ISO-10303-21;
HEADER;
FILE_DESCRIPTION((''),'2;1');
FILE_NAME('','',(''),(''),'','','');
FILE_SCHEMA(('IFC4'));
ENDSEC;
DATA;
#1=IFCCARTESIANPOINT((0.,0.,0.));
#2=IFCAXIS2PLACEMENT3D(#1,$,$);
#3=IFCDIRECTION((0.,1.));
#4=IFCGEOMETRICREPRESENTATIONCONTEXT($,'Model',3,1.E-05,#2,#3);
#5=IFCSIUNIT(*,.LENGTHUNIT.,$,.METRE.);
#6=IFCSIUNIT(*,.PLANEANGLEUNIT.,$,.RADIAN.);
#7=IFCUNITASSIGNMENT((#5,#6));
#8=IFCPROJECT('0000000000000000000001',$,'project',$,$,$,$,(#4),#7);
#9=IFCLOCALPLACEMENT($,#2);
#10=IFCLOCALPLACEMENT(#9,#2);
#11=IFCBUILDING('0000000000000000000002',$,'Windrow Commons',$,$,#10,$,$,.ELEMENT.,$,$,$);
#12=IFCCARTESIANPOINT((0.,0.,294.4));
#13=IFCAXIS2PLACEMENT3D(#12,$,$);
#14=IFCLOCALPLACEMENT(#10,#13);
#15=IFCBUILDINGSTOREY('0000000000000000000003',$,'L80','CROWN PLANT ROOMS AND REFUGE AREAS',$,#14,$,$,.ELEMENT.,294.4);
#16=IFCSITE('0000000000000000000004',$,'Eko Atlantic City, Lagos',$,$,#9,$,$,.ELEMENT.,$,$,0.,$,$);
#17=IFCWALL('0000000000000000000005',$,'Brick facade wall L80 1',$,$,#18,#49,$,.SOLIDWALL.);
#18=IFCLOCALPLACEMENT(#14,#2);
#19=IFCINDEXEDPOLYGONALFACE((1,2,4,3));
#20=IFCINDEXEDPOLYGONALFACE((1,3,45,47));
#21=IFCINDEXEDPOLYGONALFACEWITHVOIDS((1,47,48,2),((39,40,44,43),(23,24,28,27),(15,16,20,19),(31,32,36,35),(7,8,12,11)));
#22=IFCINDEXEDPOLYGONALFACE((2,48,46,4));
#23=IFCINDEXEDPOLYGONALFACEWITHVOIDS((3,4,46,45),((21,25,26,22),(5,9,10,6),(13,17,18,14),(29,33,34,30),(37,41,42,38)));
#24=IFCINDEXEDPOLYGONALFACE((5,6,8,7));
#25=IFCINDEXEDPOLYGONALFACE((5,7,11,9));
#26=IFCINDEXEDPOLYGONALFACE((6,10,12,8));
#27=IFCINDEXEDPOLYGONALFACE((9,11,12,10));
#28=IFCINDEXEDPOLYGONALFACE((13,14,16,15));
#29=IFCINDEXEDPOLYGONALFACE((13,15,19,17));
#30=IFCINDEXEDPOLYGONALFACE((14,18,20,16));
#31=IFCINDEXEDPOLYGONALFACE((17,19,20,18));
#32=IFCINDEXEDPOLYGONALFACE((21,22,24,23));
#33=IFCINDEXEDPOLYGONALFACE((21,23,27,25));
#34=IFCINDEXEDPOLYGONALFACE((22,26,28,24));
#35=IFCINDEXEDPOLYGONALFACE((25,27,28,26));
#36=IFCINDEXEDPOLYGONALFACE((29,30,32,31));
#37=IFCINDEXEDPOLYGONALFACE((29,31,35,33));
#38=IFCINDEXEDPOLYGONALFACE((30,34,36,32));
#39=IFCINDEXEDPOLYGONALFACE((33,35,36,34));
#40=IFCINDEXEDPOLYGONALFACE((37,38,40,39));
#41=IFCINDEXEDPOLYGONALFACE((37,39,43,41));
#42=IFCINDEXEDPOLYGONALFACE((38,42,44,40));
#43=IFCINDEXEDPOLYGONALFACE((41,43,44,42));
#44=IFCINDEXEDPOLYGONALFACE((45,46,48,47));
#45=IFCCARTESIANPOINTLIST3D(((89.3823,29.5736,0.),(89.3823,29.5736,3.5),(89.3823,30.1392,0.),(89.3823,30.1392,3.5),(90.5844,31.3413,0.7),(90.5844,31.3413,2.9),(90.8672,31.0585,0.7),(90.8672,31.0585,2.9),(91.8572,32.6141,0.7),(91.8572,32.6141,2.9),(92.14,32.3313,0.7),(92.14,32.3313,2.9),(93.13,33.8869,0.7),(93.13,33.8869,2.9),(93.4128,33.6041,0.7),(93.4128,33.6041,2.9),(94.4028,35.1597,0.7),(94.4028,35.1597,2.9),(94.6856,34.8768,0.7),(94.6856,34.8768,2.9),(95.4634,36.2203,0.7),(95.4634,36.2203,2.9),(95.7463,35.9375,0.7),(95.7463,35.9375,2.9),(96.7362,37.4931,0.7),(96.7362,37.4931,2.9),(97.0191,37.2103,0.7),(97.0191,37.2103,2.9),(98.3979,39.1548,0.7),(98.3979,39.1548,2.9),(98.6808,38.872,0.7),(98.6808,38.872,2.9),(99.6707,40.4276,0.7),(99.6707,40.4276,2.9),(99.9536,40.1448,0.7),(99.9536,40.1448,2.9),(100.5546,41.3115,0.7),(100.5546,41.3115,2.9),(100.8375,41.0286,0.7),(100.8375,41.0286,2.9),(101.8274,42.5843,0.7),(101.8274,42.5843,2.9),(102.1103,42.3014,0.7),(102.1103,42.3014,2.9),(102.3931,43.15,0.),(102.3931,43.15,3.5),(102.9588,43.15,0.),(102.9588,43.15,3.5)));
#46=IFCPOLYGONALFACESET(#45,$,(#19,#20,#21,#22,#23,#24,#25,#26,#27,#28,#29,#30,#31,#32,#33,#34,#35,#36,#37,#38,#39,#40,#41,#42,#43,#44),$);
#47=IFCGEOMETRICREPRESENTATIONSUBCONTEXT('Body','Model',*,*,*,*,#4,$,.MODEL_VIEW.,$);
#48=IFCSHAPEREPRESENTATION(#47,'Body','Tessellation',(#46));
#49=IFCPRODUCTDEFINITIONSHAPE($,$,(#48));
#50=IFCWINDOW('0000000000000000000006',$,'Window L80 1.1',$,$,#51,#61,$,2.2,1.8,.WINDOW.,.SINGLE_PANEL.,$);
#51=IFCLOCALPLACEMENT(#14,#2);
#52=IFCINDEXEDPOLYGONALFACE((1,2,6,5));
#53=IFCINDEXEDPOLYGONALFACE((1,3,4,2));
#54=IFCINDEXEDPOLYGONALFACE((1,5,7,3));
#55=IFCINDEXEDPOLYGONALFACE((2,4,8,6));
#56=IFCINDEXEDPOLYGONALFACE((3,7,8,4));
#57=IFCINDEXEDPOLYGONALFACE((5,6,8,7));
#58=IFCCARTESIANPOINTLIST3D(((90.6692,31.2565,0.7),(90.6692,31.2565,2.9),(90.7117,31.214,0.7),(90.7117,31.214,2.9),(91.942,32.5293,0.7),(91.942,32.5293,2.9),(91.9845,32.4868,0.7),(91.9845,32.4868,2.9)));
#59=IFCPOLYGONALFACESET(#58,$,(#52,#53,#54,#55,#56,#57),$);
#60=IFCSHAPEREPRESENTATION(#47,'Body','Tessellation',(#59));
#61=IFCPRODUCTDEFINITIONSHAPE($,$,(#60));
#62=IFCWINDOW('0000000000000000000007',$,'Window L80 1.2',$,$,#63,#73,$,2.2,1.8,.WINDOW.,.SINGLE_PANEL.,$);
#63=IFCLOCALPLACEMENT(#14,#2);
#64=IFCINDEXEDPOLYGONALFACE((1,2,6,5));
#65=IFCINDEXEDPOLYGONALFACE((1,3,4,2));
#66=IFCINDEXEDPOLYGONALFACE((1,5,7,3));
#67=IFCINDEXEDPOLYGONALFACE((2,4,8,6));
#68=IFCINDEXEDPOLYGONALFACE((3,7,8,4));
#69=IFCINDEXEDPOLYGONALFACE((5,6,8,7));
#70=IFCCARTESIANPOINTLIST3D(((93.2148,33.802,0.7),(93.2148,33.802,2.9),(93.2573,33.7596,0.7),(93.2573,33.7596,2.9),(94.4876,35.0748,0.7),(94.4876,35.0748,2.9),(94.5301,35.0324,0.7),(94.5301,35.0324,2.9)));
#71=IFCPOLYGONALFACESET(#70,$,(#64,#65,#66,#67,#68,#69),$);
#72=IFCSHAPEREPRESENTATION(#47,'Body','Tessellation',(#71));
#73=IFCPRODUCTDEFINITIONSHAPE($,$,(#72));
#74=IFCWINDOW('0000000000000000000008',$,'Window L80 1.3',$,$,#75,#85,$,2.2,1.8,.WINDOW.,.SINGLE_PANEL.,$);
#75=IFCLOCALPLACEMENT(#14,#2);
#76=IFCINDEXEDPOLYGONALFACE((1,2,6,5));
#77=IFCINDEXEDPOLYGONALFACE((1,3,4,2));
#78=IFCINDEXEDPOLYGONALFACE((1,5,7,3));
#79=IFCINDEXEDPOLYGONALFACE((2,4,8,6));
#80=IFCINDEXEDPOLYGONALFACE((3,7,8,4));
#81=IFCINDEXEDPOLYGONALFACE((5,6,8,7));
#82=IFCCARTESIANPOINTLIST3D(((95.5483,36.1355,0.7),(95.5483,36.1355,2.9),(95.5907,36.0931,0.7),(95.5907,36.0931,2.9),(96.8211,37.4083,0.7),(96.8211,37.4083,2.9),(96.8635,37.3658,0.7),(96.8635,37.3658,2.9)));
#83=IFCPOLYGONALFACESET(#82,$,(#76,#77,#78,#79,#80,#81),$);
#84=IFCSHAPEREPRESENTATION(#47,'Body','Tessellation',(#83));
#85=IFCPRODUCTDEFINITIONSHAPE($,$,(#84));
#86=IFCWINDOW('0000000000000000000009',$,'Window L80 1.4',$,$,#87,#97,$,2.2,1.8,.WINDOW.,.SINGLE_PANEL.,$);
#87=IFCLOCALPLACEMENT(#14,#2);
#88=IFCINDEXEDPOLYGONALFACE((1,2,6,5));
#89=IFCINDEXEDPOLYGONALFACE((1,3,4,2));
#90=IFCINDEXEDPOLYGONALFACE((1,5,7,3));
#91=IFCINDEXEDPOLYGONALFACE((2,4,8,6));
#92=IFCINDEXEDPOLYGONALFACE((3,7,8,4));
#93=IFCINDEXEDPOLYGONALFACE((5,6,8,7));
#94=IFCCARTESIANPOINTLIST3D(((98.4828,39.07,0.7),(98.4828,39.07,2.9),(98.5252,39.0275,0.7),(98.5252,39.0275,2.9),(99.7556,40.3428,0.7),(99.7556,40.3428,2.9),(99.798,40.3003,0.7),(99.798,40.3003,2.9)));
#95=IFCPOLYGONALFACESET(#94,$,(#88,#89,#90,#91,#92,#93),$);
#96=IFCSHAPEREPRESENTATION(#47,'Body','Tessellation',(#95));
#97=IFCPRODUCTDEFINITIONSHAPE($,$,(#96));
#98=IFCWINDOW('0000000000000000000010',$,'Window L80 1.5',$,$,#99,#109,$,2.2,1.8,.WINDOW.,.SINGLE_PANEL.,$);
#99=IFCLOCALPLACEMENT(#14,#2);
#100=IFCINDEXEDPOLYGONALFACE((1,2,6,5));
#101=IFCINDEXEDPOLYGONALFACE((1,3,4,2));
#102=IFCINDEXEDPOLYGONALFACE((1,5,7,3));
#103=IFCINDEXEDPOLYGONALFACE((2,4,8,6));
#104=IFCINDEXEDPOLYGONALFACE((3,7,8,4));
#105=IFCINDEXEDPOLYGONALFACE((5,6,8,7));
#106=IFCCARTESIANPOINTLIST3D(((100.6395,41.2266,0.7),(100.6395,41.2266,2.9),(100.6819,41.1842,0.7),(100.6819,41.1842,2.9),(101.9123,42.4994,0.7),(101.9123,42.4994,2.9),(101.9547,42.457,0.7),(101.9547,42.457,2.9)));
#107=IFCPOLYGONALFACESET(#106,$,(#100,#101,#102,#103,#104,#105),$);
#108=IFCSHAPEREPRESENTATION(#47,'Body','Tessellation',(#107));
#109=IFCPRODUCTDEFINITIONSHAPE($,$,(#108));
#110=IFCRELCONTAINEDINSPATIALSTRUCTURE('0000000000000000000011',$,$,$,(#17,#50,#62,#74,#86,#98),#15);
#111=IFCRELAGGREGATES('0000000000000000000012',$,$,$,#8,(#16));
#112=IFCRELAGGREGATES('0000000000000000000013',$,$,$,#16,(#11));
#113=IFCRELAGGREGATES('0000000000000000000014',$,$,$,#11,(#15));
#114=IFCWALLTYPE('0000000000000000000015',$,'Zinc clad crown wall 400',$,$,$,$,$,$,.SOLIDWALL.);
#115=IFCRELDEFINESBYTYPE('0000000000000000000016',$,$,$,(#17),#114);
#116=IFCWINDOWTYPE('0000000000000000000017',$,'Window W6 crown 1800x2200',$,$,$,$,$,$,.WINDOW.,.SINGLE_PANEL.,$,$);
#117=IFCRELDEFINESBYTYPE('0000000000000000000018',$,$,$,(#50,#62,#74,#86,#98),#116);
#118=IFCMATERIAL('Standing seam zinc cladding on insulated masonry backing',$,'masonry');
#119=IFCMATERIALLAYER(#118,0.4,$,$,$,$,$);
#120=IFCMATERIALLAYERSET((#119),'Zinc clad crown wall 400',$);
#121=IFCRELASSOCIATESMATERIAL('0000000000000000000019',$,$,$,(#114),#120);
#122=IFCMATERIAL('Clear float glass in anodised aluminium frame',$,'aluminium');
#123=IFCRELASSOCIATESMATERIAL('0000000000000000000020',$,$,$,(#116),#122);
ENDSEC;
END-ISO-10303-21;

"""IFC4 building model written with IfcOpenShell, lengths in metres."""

from ifc_helpers import new_model, si_unit, direction, frame, frame_2d, origin, place, context, subcontext, project, spatial, polyline, rectangle, outline, extrude, material, layer, layer_set, type_object, element, fill, save


model = new_model("IFC4")

# Units and contexts
model_context = context("Model", 3, precision=1e-05, world=origin(), true_north=direction((0.0, 1.0)))
body_context = subcontext(model_context, "Body", "Model", "MODEL_VIEW")
ifc_project = project(units=[si_unit("LENGTHUNIT", "METRE"), si_unit("PLANEANGLEUNIT", "RADIAN")], contexts=[model_context])

# Site, building, storey
site_placement = place(None, origin())
site = spatial("IfcSite", under=ifc_project, at=site_placement, Name="Eko Atlantic City, Lagos", CompositionType="ELEMENT", RefElevation=0.0)
building_placement = place(site_placement, origin())
building = spatial("IfcBuilding", under=site, at=building_placement, Name="Windrow Commons", CompositionType="ELEMENT")
storey_placement = place(building_placement, frame((0.0, 0.0, 294.4)))
storey = spatial("IfcBuildingStorey", under=building, at=storey_placement, Name="L80", Description="CROWN PLANT ROOMS AND REFUGE AREAS", CompositionType="ELEMENT", Elevation=294.4)

# Wall, openings, windows
ifc_material_1 = material(Name="Standing seam zinc cladding on insulated masonry backing", Category="masonry")
ifc_layer_1 = layer(ifc_material_1, 0.4)
ifc_layer_set_1 = layer_set([ifc_layer_1], Name="Zinc clad crown wall 400")
wall_type_1 = type_object("IfcWallType", Name="Zinc clad crown wall 400", PredefinedType="SOLIDWALL", material=ifc_layer_set_1)
wall_1_placement = place(storey_placement, frame((89.3823, 29.8564, 0.0), z_axis=(0.0, 0.0, 1.0), x_axis=(0.707109, 0.707104, 0.0)))
wall_1 = element("IfcWall", 1, at=wall_1_placement, inside=storey, type_object=wall_type_1, Name="Brick facade wall L80 1", PredefinedType="SOLIDWALL", context=body_context, shape_type="SweptSolid", body=[
    extrude(outline(polyline([(-0.2, -0.2), (19.0, -0.2), (18.6, 0.2), (0.2, 0.2), (-0.2, -0.2)])), origin(), (0.0, 0.0, 1.0), 3.5),
])
opening_1_placement = place(wall_1_placement, frame((1.9, 0.0, 0.7)))
opening_1 = element("IfcOpeningElement", 2, at=opening_1_placement, cuts=wall_1, PredefinedType="OPENING", context=body_context, shape_type="SweptSolid", body=[
    extrude(rectangle(XDim=1.8, YDim=2.2, at=frame_2d((0.9, 1.1))), frame((0.0, 0.21, 0.0), z_axis=(0.0, -1.0, 0.0), x_axis=(1.0, 0.0, 0.0)), (0.0, 0.0, 1.0), 0.42),
])
opening_2_placement = place(wall_1_placement, frame((5.5, 0.0, 0.7)))
opening_2 = element("IfcOpeningElement", 3, at=opening_2_placement, cuts=wall_1, PredefinedType="OPENING", context=body_context, shape_type="SweptSolid", body=[
    extrude(rectangle(XDim=1.8, YDim=2.2, at=frame_2d((0.9, 1.1))), frame((0.0, 0.21, 0.0), z_axis=(0.0, -1.0, 0.0), x_axis=(1.0, 0.0, 0.0)), (0.0, 0.0, 1.0), 0.42),
])
opening_3_placement = place(wall_1_placement, frame((8.8, 0.0, 0.7)))
opening_3 = element("IfcOpeningElement", 4, at=opening_3_placement, cuts=wall_1, PredefinedType="OPENING", context=body_context, shape_type="SweptSolid", body=[
    extrude(rectangle(XDim=1.8, YDim=2.2, at=frame_2d((0.9, 1.1))), frame((0.0, 0.21, 0.0), z_axis=(0.0, -1.0, 0.0), x_axis=(1.0, 0.0, 0.0)), (0.0, 0.0, 1.0), 0.42),
])
opening_4_placement = place(wall_1_placement, frame((12.95, 0.0, 0.7)))
opening_4 = element("IfcOpeningElement", 5, at=opening_4_placement, cuts=wall_1, PredefinedType="OPENING", context=body_context, shape_type="SweptSolid", body=[
    extrude(rectangle(XDim=1.8, YDim=2.2, at=frame_2d((0.9, 1.1))), frame((0.0, 0.21, 0.0), z_axis=(0.0, -1.0, 0.0), x_axis=(1.0, 0.0, 0.0)), (0.0, 0.0, 1.0), 0.42),
])
opening_5_placement = place(wall_1_placement, frame((16.0, 0.0, 0.7)))
opening_5 = element("IfcOpeningElement", 6, at=opening_5_placement, cuts=wall_1, PredefinedType="OPENING", context=body_context, shape_type="SweptSolid", body=[
    extrude(rectangle(XDim=1.8, YDim=2.2, at=frame_2d((0.9, 1.1))), frame((0.0, 0.21, 0.0), z_axis=(0.0, -1.0, 0.0), x_axis=(1.0, 0.0, 0.0)), (0.0, 0.0, 1.0), 0.42),
])
ifc_material_2 = material(Name="Clear float glass in anodised aluminium frame", Category="aluminium")
window_type = type_object("IfcWindowType", Name="Window W6 crown 1800x2200", PartitioningType="SINGLE_PANEL", PredefinedType="WINDOW", material=ifc_material_2)
window_1_placement = place(opening_1_placement, origin())
window_1 = element("IfcWindow", 7, at=window_1_placement, inside=storey, type_object=window_type, Name="Window L80 1.1", OverallHeight=2.2, OverallWidth=1.8, PartitioningType="SINGLE_PANEL", PredefinedType="WINDOW", context=body_context, shape_type="SweptSolid", body=[
    extrude(rectangle(XDim=1.8, YDim=2.2, at=frame_2d((0.9, 1.1))), frame((0.0, 0.08, 0.0), z_axis=(0.0, -1.0, 0.0), x_axis=(1.0, 0.0, 0.0)), (0.0, 0.0, 1.0), 0.06),
])
fill(opening_1, window_1)
window_2_placement = place(opening_2_placement, origin())
window_2 = element("IfcWindow", 8, at=window_2_placement, inside=storey, type_object=window_type, Name="Window L80 1.2", OverallHeight=2.2, OverallWidth=1.8, PartitioningType="SINGLE_PANEL", PredefinedType="WINDOW", context=body_context, shape_type="SweptSolid", body=[
    extrude(rectangle(XDim=1.8, YDim=2.2, at=frame_2d((0.9, 1.1))), frame((0.0, 0.08, 0.0), z_axis=(0.0, -1.0, 0.0), x_axis=(1.0, 0.0, 0.0)), (0.0, 0.0, 1.0), 0.06),
])
fill(opening_2, window_2)
window_3_placement = place(opening_3_placement, origin())
window_3 = element("IfcWindow", 9, at=window_3_placement, inside=storey, type_object=window_type, Name="Window L80 1.3", OverallHeight=2.2, OverallWidth=1.8, PartitioningType="SINGLE_PANEL", PredefinedType="WINDOW", context=body_context, shape_type="SweptSolid", body=[
    extrude(rectangle(XDim=1.8, YDim=2.2, at=frame_2d((0.9, 1.1))), frame((0.0, 0.08, 0.0), z_axis=(0.0, -1.0, 0.0), x_axis=(1.0, 0.0, 0.0)), (0.0, 0.0, 1.0), 0.06),
])
fill(opening_3, window_3)
window_4_placement = place(opening_4_placement, origin())
window_4 = element("IfcWindow", 10, at=window_4_placement, inside=storey, type_object=window_type, Name="Window L80 1.4", OverallHeight=2.2, OverallWidth=1.8, PartitioningType="SINGLE_PANEL", PredefinedType="WINDOW", context=body_context, shape_type="SweptSolid", body=[
    extrude(rectangle(XDim=1.8, YDim=2.2, at=frame_2d((0.9, 1.1))), frame((0.0, 0.08, 0.0), z_axis=(0.0, -1.0, 0.0), x_axis=(1.0, 0.0, 0.0)), (0.0, 0.0, 1.0), 0.06),
])
fill(opening_4, window_4)
window_5_placement = place(opening_5_placement, origin())
window_5 = element("IfcWindow", 11, at=window_5_placement, inside=storey, type_object=window_type, Name="Window L80 1.5", OverallHeight=2.2, OverallWidth=1.8, PartitioningType="SINGLE_PANEL", PredefinedType="WINDOW", context=body_context, shape_type="SweptSolid", body=[
    extrude(rectangle(XDim=1.8, YDim=2.2, at=frame_2d((0.9, 1.1))), frame((0.0, 0.08, 0.0), z_axis=(0.0, -1.0, 0.0), x_axis=(1.0, 0.0, 0.0)), (0.0, 0.0, 1.0), 0.06),
])
fill(opening_5, window_5)

save(model, "model.ifc")
